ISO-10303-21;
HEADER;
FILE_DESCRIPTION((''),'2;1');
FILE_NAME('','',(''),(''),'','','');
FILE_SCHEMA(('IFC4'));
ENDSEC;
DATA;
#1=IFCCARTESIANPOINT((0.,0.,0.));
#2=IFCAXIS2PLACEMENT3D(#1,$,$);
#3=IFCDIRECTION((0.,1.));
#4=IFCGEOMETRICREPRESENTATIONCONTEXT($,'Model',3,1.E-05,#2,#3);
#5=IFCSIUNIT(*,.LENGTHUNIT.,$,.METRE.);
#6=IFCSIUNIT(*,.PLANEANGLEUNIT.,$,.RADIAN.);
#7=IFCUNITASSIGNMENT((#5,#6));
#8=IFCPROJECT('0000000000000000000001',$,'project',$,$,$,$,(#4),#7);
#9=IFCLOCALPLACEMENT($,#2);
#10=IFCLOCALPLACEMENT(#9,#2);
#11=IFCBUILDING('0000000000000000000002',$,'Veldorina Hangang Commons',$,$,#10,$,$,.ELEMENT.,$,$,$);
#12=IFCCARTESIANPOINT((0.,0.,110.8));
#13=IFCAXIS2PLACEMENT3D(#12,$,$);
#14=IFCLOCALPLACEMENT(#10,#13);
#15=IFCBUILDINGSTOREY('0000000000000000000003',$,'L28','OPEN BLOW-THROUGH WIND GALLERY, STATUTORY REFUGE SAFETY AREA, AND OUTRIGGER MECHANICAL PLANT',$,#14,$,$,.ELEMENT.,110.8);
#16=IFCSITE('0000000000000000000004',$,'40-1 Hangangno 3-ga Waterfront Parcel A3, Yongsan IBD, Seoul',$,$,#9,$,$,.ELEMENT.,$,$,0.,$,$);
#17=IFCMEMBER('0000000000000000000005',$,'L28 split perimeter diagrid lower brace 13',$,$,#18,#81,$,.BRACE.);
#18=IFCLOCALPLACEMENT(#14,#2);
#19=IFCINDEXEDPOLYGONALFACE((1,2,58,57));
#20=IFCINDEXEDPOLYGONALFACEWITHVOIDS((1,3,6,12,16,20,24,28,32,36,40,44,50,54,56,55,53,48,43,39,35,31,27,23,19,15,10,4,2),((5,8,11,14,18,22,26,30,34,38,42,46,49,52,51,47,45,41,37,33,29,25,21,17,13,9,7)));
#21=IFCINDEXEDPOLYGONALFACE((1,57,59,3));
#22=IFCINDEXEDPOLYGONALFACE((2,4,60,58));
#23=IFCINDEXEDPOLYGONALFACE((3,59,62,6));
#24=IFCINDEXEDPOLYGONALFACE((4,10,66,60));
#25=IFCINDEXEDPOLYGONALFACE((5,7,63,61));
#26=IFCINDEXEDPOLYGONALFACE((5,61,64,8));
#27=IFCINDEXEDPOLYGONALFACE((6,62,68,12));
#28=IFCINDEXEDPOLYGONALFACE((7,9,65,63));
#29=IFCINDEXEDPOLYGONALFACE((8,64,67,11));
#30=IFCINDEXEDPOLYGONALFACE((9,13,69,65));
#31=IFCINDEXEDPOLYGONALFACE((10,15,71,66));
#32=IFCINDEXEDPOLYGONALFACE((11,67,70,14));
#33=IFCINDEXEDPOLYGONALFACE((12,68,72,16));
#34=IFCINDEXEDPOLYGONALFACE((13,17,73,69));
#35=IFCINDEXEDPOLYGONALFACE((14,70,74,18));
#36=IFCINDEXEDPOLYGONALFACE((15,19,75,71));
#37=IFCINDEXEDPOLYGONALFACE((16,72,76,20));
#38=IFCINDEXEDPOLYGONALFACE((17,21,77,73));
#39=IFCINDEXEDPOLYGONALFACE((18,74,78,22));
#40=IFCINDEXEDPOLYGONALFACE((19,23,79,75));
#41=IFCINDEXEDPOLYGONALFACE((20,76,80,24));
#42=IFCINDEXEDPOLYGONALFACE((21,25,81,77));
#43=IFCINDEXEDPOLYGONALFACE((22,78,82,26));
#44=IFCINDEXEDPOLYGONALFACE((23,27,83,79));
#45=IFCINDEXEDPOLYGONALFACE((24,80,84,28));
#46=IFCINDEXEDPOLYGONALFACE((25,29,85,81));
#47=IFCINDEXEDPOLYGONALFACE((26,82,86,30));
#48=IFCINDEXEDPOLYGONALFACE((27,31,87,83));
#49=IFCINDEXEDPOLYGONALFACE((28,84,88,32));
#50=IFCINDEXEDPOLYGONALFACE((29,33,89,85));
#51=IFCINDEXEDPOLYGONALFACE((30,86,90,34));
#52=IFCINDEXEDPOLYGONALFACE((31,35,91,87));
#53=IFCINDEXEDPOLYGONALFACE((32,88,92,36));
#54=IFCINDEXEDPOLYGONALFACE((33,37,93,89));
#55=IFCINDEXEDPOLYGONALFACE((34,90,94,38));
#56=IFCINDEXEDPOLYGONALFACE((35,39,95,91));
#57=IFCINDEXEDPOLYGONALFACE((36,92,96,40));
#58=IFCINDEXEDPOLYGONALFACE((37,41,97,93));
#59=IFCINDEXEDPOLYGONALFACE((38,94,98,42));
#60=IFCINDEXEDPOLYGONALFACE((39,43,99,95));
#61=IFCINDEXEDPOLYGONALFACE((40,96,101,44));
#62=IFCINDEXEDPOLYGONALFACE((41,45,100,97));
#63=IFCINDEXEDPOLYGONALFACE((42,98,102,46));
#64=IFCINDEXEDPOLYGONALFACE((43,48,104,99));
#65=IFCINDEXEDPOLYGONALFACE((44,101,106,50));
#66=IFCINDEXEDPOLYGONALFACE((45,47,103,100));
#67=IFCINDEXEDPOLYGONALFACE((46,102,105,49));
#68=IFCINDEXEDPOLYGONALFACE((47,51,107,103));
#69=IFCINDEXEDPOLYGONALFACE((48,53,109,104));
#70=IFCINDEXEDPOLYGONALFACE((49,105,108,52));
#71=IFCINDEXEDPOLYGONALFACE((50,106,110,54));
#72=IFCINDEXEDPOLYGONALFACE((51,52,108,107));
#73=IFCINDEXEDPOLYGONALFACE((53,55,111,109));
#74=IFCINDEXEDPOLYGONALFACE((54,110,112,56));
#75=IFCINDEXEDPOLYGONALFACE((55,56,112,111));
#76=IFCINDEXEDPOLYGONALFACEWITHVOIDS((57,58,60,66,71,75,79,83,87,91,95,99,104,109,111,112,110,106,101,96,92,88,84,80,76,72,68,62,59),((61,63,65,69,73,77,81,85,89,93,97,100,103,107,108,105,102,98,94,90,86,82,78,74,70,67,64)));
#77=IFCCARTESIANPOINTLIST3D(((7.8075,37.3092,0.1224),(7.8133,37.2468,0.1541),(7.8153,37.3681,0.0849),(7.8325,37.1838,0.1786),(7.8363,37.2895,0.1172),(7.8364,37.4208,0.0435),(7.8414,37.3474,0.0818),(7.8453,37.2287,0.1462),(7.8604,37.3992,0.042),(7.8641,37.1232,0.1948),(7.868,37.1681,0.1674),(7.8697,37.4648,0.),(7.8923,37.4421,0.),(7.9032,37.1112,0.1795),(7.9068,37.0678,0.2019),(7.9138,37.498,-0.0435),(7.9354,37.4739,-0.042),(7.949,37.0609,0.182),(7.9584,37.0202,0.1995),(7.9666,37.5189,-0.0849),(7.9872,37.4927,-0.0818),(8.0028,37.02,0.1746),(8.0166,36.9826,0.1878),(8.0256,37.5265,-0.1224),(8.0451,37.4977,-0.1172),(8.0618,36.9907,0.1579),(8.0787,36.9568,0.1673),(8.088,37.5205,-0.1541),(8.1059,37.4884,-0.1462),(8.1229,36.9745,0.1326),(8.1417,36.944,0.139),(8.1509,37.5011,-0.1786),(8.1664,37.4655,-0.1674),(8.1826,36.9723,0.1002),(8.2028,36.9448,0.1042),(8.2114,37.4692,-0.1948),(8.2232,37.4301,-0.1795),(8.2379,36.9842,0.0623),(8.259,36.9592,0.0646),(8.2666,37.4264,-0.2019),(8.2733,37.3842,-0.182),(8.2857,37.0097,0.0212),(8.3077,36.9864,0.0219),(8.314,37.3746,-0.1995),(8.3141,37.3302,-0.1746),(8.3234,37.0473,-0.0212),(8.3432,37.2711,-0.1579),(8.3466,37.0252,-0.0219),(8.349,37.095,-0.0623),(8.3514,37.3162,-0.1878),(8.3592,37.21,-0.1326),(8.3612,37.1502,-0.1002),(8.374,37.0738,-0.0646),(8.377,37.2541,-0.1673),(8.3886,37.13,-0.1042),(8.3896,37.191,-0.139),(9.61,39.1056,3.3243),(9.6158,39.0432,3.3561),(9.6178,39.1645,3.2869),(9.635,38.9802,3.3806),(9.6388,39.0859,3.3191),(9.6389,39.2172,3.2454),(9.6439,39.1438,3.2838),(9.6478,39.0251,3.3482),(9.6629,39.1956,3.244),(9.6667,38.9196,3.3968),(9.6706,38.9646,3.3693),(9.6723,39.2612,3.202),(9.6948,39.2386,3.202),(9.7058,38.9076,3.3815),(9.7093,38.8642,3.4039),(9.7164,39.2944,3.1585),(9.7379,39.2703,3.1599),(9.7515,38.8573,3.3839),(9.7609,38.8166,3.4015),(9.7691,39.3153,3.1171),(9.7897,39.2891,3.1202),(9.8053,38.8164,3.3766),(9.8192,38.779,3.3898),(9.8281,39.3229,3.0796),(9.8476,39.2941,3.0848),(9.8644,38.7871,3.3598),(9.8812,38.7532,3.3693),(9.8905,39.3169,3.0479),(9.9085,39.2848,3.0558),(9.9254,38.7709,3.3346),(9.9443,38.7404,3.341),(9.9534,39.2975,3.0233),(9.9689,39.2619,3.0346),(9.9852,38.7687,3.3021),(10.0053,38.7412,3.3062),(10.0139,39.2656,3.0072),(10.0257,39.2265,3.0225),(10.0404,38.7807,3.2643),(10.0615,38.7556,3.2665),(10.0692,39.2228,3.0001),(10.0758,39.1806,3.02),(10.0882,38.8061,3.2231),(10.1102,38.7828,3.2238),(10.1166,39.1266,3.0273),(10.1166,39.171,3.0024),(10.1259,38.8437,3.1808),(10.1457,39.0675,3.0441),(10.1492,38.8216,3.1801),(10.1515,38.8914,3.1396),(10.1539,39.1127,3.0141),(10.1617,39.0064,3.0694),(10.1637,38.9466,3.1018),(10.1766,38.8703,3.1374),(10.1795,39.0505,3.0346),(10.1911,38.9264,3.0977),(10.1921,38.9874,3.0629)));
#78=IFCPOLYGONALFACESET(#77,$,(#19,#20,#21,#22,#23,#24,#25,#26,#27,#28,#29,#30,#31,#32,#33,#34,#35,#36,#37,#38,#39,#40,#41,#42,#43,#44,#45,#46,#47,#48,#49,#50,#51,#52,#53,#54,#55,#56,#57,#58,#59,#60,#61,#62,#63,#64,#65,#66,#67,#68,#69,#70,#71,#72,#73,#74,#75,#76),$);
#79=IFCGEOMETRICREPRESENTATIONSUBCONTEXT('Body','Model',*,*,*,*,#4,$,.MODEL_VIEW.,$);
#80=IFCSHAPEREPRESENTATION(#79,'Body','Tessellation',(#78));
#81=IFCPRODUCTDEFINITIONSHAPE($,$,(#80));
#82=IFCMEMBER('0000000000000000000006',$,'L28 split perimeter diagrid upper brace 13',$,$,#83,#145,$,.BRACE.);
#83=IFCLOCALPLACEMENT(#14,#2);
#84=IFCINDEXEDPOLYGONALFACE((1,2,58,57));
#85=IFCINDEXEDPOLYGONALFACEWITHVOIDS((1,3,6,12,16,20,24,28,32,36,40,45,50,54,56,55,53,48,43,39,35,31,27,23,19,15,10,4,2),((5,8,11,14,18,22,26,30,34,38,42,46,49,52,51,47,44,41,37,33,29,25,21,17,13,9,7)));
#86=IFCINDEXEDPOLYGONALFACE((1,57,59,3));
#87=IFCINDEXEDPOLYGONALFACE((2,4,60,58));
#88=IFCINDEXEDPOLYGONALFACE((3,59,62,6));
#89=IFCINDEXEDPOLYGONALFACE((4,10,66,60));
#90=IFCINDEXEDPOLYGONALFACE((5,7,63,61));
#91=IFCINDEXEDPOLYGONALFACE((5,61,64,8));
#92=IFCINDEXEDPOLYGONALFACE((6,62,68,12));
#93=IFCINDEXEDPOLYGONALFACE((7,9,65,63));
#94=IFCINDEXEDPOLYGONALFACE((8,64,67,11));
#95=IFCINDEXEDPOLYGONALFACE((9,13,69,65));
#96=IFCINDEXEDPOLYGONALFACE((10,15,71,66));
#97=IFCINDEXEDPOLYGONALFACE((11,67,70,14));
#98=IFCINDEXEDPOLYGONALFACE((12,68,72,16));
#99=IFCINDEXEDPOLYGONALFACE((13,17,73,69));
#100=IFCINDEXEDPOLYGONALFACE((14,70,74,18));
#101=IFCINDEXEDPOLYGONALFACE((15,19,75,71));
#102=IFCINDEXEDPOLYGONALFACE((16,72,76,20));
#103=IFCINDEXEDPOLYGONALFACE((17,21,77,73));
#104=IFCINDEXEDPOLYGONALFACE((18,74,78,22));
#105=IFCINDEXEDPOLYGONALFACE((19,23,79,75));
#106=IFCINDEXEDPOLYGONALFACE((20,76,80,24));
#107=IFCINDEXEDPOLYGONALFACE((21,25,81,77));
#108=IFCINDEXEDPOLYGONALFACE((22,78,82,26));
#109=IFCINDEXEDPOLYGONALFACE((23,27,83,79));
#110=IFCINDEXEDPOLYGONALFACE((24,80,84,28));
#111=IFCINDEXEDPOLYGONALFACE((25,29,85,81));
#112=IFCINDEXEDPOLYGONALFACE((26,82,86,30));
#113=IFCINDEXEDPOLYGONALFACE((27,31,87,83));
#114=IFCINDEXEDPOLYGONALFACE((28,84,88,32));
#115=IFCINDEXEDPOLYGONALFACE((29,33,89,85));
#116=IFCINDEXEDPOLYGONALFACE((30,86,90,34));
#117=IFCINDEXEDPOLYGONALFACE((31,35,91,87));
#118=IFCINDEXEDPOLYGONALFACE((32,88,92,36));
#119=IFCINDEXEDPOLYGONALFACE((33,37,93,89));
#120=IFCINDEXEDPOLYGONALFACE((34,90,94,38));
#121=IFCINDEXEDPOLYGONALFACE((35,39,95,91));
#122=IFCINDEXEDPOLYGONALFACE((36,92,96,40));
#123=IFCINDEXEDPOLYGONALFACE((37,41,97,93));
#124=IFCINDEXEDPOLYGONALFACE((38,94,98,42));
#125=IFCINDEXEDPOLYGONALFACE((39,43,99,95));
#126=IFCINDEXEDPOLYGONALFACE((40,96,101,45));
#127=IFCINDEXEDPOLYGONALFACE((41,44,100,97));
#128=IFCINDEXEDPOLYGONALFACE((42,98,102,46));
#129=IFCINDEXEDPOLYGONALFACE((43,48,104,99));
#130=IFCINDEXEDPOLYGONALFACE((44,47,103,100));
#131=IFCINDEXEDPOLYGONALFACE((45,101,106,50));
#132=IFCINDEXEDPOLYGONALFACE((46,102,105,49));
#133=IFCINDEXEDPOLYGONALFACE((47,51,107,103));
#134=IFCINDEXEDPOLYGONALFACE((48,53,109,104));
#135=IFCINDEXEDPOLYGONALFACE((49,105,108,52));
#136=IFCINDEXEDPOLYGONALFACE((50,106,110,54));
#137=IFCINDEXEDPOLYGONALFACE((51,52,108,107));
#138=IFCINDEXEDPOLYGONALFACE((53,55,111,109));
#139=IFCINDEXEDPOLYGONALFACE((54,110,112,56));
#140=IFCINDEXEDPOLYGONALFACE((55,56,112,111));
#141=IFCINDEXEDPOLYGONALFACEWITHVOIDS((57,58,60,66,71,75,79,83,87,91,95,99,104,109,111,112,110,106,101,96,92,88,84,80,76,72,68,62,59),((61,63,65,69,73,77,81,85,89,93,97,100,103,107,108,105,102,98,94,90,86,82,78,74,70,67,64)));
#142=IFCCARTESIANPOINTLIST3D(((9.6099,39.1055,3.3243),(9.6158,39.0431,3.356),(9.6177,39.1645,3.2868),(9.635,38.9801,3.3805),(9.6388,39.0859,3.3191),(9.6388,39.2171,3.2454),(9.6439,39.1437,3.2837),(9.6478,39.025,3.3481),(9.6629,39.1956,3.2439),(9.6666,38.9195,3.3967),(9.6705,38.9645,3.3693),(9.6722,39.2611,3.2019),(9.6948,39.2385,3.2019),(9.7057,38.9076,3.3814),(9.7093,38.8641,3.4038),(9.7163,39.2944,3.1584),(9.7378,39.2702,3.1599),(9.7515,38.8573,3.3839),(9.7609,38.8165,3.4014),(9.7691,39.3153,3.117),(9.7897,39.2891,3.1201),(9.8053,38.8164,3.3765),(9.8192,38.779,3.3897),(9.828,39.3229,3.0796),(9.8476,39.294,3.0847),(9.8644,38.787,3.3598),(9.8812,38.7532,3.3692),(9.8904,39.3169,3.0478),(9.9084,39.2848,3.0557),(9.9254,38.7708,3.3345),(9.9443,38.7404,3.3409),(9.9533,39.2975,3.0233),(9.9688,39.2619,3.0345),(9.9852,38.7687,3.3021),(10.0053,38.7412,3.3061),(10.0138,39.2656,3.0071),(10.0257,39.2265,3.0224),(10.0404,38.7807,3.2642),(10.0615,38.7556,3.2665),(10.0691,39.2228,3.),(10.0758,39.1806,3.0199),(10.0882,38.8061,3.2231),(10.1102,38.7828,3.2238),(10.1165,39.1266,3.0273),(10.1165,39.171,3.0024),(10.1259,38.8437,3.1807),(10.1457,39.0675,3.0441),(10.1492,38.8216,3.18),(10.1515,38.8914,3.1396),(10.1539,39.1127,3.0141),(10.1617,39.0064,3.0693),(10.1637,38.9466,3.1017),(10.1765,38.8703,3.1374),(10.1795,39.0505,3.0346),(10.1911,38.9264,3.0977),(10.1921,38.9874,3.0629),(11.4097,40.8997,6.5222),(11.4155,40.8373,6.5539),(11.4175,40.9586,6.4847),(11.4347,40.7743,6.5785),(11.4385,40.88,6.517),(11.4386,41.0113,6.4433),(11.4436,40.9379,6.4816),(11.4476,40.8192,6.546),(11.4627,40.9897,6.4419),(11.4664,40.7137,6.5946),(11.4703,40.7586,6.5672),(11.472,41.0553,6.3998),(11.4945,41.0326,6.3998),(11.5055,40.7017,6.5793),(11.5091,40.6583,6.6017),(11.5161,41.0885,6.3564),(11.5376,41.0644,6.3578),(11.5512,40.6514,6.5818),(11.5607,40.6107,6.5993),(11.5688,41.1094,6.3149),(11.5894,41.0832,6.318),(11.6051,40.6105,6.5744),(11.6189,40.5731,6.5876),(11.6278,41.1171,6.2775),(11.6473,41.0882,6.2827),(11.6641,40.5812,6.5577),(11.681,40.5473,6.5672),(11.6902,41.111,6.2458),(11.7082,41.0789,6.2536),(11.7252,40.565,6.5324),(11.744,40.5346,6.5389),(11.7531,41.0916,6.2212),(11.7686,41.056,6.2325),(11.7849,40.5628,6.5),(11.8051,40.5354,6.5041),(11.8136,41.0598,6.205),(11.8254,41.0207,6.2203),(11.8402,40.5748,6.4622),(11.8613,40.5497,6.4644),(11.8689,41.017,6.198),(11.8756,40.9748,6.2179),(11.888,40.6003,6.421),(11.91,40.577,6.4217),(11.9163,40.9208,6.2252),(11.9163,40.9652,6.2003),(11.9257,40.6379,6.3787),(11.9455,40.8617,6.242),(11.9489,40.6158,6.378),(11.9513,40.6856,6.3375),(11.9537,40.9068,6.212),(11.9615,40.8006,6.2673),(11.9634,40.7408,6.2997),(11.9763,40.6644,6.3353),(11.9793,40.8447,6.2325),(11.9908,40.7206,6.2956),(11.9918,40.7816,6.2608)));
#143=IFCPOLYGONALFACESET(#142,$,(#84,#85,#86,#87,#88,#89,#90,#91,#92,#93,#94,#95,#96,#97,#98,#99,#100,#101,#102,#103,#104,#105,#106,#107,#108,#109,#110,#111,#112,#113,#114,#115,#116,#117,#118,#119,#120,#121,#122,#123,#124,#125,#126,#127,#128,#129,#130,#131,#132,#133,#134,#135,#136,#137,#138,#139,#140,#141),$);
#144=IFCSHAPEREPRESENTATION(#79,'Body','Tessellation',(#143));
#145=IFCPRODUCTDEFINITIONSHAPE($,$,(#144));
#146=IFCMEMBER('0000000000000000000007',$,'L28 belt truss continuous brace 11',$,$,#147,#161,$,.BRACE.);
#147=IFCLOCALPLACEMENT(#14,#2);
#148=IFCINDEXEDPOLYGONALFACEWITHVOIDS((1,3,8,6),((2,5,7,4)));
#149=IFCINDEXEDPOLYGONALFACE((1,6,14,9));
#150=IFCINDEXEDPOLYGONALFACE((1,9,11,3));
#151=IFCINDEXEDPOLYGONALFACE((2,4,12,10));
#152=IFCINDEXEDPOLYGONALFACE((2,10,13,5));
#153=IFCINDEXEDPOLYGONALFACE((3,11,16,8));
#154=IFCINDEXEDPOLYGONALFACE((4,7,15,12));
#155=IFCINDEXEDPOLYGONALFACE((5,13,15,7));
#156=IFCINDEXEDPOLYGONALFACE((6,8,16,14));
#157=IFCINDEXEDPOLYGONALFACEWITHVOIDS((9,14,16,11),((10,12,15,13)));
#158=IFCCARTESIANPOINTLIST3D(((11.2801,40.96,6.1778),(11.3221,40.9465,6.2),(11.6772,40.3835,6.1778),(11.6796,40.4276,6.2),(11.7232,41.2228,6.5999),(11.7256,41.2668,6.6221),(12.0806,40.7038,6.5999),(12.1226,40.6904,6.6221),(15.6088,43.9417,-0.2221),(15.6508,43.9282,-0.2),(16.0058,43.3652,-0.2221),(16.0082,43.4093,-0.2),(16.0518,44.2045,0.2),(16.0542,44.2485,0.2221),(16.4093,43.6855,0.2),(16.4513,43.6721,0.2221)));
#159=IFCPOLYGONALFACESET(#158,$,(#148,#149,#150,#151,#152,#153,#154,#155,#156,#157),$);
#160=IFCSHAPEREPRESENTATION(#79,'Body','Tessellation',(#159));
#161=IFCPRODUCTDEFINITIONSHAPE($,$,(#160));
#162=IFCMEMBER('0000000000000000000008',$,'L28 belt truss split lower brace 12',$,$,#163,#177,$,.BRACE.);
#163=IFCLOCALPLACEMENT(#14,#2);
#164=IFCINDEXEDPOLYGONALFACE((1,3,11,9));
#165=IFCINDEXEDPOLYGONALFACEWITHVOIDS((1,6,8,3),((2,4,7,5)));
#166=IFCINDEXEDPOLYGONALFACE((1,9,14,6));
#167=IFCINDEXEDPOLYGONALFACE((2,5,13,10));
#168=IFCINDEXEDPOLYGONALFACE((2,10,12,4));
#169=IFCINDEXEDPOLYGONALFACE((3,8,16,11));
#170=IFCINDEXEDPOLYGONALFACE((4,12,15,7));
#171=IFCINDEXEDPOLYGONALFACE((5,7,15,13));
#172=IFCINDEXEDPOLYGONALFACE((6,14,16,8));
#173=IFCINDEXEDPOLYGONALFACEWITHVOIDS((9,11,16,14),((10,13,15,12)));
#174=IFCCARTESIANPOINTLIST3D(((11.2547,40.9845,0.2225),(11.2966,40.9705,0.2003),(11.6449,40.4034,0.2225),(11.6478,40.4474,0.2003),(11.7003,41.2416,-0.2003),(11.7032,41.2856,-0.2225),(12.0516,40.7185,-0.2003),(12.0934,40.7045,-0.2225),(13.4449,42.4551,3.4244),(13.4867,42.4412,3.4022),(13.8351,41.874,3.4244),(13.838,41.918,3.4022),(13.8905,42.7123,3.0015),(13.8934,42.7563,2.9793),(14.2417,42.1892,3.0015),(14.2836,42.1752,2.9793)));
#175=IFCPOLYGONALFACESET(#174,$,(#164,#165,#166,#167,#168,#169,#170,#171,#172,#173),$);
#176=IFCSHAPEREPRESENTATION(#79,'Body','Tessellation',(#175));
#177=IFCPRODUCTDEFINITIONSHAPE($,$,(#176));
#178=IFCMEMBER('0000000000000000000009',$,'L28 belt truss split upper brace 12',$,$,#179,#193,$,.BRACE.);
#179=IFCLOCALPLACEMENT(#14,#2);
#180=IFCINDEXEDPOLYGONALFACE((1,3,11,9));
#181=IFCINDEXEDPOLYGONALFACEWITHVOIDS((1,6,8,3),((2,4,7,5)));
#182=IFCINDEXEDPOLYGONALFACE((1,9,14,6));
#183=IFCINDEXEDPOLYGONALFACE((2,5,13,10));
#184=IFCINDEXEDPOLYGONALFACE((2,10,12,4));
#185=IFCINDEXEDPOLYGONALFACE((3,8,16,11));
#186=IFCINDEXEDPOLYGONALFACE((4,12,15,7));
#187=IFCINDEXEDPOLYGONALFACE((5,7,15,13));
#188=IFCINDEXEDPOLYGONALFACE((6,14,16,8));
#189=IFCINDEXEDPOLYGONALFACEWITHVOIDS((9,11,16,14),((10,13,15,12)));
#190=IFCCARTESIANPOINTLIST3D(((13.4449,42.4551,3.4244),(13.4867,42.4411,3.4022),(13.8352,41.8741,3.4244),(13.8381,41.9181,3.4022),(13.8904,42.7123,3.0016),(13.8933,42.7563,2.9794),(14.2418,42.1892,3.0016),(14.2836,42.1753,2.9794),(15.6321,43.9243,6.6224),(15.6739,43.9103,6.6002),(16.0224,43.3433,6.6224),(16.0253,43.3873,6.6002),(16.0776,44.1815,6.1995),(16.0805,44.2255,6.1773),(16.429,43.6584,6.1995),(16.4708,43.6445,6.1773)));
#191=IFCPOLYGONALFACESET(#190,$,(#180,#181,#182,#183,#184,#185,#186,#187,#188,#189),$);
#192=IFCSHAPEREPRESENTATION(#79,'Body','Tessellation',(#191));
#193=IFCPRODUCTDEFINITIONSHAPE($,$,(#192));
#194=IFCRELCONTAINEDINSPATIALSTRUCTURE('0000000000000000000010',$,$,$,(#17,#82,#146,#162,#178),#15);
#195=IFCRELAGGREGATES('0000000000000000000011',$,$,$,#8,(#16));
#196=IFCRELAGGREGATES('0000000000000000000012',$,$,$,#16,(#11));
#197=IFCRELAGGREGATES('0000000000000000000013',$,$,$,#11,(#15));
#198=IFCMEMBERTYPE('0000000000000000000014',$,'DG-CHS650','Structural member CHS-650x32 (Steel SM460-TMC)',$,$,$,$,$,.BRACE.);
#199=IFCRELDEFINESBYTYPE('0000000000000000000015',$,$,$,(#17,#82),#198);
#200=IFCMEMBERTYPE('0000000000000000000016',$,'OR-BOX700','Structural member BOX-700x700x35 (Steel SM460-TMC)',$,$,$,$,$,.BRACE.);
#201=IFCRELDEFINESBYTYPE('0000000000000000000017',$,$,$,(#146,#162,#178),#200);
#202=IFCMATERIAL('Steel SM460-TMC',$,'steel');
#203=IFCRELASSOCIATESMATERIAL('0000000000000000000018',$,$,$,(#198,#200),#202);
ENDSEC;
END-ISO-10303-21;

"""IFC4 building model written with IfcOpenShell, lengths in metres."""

from ifc_helpers import new_model, si_unit, direction, frame, origin, origin_2d, place, context, subcontext, project, spatial, hollow_rectangle, hollow_circle, extrude, material, material_profile, profile_set, type_object, element, save


model = new_model("IFC4")

# Units and contexts
model_context = context("Model", 3, precision=1e-05, world=origin(), true_north=direction((0.0, 1.0)))
body_context = subcontext(model_context, "Body", "Model", "MODEL_VIEW")
ifc_project = project(units=[si_unit("LENGTHUNIT", "METRE"), si_unit("PLANEANGLEUNIT", "RADIAN")], contexts=[model_context])

# Site, building, storey
site_placement = place(None, origin())
site = spatial("IfcSite", under=ifc_project, at=site_placement, Name="40-1 Hangangno 3-ga Waterfront Parcel A3, Yongsan IBD, Seoul", CompositionType="ELEMENT", RefElevation=0.0)
building_placement = place(site_placement, origin())
building = spatial("IfcBuilding", under=site, at=building_placement, Name="Veldorina Hangang Commons", CompositionType="ELEMENT")
storey_placement = place(building_placement, frame((0.0, 0.0, 110.8)))
storey = spatial("IfcBuildingStorey", under=building, at=storey_placement, Name="L28", Description="OPEN BLOW-THROUGH WIND GALLERY, STATUTORY REFUGE SAFETY AREA, AND OUTRIGGER MECHANICAL PLANT", CompositionType="ELEMENT", Elevation=110.8)

# Shared definitions
ifc_material_1 = material(Name="Steel SM460-TMC", Category="steel")

# Members
ifc_material_profile_1 = material_profile(ifc_material_1, hollow_circle(Radius=0.325, WallThickness=0.032, at=origin_2d()), Name="CHS-650x32")
ifc_profile_set_1 = profile_set([ifc_material_profile_1], Name="Steel SM460-TMC")
member_type_1 = type_object("IfcMemberType", Name="DG-CHS650", Description="Structural member CHS-650x32 (Steel SM460-TMC)", PredefinedType="BRACE", material=ifc_profile_set_1)
member_1_placement = place(storey_placement, frame((8.0991, 37.2346, 0.0), z_axis=(0.440706, 0.439213, 0.78286), x_axis=(-0.705907, 0.708305, 0.0)))
element("IfcMember", 1, at=member_1_placement, inside=storey, type_object=member_type_1, Name="L28 split perimeter diagrid lower brace 13", PredefinedType="BRACE", context=body_context, shape_type="SweptSolid", body=[
    extrude(hollow_circle(Radius=0.325, WallThickness=0.032, at=origin_2d()), origin(), (0.0, 0.0, 1.0), 4.0901),
])
member_2_placement = place(storey_placement, frame((9.9016, 39.031, 3.2019), z_axis=(0.44061, 0.439235, 0.782902), x_axis=(-0.706001, 0.708211, 0.0)))
element("IfcMember", 2, at=member_2_placement, inside=storey, type_object=member_type_1, Name="L28 split perimeter diagrid upper brace 13", PredefinedType="BRACE", context=body_context, shape_type="SweptSolid", body=[
    extrude(hollow_circle(Radius=0.325, WallThickness=0.032, at=origin_2d()), origin(), (0.0, 0.0, 1.0), 4.0847),
])
ifc_material_profile_2 = material_profile(ifc_material_1, hollow_rectangle(XDim=0.7, YDim=0.7, WallThickness=0.0349, at=origin_2d()), Name="BOX-700x700x35")
ifc_profile_set_2 = profile_set([ifc_material_profile_2], Name="Steel SM460-TMC")
member_type_2 = type_object("IfcMemberType", Name="OR-BOX700", Description="Structural member BOX-700x700x35 (Steel SM460-TMC)", PredefinedType="BRACE", material=ifc_profile_set_2)
member_3_placement = place(storey_placement, frame((16.03, 43.8069, 0.0), z_axis=(-0.522674, -0.360035, 0.772779), x_axis=(0.567274, -0.823529, 0.0)))
element("IfcMember", 3, at=member_3_placement, inside=storey, type_object=member_type_2, Name="L28 belt truss continuous brace 11", PredefinedType="BRACE", context=body_context, shape_type="SweptSolid", body=[
    extrude(hollow_rectangle(XDim=0.7, YDim=0.7, WallThickness=0.0349, at=origin_2d()), origin(), (0.0, 0.0, 1.0), 8.2817),
])
member_4_placement = place(storey_placement, frame((11.6741, 40.8445, 0.0), z_axis=(0.527915, 0.354494, 0.771777), x_axis=(-0.557473, 0.830195, 0.0)))
element("IfcMember", 4, at=member_4_placement, inside=storey, type_object=member_type_2, Name="L28 belt truss split lower brace 12", PredefinedType="BRACE", context=body_context, shape_type="SweptSolid", body=[
    extrude(hollow_rectangle(XDim=0.7, YDim=0.7, WallThickness=0.0349, at=origin_2d()), origin(), (0.0, 0.0, 1.0), 4.1487),
])
member_5_placement = place(storey_placement, frame((13.8643, 42.3152, 3.2019), z_axis=(0.527856, 0.354575, 0.77178), x_axis=(-0.557605, 0.830107, 0.0)))
element("IfcMember", 5, at=member_5_placement, inside=storey, type_object=member_type_2, Name="L28 belt truss split upper brace 12", PredefinedType="BRACE", context=body_context, shape_type="SweptSolid", body=[
    extrude(hollow_rectangle(XDim=0.7, YDim=0.7, WallThickness=0.0349, at=origin_2d()), origin(), (0.0, 0.0, 1.0), 4.1436),
])

save(model, "model.ifc")
